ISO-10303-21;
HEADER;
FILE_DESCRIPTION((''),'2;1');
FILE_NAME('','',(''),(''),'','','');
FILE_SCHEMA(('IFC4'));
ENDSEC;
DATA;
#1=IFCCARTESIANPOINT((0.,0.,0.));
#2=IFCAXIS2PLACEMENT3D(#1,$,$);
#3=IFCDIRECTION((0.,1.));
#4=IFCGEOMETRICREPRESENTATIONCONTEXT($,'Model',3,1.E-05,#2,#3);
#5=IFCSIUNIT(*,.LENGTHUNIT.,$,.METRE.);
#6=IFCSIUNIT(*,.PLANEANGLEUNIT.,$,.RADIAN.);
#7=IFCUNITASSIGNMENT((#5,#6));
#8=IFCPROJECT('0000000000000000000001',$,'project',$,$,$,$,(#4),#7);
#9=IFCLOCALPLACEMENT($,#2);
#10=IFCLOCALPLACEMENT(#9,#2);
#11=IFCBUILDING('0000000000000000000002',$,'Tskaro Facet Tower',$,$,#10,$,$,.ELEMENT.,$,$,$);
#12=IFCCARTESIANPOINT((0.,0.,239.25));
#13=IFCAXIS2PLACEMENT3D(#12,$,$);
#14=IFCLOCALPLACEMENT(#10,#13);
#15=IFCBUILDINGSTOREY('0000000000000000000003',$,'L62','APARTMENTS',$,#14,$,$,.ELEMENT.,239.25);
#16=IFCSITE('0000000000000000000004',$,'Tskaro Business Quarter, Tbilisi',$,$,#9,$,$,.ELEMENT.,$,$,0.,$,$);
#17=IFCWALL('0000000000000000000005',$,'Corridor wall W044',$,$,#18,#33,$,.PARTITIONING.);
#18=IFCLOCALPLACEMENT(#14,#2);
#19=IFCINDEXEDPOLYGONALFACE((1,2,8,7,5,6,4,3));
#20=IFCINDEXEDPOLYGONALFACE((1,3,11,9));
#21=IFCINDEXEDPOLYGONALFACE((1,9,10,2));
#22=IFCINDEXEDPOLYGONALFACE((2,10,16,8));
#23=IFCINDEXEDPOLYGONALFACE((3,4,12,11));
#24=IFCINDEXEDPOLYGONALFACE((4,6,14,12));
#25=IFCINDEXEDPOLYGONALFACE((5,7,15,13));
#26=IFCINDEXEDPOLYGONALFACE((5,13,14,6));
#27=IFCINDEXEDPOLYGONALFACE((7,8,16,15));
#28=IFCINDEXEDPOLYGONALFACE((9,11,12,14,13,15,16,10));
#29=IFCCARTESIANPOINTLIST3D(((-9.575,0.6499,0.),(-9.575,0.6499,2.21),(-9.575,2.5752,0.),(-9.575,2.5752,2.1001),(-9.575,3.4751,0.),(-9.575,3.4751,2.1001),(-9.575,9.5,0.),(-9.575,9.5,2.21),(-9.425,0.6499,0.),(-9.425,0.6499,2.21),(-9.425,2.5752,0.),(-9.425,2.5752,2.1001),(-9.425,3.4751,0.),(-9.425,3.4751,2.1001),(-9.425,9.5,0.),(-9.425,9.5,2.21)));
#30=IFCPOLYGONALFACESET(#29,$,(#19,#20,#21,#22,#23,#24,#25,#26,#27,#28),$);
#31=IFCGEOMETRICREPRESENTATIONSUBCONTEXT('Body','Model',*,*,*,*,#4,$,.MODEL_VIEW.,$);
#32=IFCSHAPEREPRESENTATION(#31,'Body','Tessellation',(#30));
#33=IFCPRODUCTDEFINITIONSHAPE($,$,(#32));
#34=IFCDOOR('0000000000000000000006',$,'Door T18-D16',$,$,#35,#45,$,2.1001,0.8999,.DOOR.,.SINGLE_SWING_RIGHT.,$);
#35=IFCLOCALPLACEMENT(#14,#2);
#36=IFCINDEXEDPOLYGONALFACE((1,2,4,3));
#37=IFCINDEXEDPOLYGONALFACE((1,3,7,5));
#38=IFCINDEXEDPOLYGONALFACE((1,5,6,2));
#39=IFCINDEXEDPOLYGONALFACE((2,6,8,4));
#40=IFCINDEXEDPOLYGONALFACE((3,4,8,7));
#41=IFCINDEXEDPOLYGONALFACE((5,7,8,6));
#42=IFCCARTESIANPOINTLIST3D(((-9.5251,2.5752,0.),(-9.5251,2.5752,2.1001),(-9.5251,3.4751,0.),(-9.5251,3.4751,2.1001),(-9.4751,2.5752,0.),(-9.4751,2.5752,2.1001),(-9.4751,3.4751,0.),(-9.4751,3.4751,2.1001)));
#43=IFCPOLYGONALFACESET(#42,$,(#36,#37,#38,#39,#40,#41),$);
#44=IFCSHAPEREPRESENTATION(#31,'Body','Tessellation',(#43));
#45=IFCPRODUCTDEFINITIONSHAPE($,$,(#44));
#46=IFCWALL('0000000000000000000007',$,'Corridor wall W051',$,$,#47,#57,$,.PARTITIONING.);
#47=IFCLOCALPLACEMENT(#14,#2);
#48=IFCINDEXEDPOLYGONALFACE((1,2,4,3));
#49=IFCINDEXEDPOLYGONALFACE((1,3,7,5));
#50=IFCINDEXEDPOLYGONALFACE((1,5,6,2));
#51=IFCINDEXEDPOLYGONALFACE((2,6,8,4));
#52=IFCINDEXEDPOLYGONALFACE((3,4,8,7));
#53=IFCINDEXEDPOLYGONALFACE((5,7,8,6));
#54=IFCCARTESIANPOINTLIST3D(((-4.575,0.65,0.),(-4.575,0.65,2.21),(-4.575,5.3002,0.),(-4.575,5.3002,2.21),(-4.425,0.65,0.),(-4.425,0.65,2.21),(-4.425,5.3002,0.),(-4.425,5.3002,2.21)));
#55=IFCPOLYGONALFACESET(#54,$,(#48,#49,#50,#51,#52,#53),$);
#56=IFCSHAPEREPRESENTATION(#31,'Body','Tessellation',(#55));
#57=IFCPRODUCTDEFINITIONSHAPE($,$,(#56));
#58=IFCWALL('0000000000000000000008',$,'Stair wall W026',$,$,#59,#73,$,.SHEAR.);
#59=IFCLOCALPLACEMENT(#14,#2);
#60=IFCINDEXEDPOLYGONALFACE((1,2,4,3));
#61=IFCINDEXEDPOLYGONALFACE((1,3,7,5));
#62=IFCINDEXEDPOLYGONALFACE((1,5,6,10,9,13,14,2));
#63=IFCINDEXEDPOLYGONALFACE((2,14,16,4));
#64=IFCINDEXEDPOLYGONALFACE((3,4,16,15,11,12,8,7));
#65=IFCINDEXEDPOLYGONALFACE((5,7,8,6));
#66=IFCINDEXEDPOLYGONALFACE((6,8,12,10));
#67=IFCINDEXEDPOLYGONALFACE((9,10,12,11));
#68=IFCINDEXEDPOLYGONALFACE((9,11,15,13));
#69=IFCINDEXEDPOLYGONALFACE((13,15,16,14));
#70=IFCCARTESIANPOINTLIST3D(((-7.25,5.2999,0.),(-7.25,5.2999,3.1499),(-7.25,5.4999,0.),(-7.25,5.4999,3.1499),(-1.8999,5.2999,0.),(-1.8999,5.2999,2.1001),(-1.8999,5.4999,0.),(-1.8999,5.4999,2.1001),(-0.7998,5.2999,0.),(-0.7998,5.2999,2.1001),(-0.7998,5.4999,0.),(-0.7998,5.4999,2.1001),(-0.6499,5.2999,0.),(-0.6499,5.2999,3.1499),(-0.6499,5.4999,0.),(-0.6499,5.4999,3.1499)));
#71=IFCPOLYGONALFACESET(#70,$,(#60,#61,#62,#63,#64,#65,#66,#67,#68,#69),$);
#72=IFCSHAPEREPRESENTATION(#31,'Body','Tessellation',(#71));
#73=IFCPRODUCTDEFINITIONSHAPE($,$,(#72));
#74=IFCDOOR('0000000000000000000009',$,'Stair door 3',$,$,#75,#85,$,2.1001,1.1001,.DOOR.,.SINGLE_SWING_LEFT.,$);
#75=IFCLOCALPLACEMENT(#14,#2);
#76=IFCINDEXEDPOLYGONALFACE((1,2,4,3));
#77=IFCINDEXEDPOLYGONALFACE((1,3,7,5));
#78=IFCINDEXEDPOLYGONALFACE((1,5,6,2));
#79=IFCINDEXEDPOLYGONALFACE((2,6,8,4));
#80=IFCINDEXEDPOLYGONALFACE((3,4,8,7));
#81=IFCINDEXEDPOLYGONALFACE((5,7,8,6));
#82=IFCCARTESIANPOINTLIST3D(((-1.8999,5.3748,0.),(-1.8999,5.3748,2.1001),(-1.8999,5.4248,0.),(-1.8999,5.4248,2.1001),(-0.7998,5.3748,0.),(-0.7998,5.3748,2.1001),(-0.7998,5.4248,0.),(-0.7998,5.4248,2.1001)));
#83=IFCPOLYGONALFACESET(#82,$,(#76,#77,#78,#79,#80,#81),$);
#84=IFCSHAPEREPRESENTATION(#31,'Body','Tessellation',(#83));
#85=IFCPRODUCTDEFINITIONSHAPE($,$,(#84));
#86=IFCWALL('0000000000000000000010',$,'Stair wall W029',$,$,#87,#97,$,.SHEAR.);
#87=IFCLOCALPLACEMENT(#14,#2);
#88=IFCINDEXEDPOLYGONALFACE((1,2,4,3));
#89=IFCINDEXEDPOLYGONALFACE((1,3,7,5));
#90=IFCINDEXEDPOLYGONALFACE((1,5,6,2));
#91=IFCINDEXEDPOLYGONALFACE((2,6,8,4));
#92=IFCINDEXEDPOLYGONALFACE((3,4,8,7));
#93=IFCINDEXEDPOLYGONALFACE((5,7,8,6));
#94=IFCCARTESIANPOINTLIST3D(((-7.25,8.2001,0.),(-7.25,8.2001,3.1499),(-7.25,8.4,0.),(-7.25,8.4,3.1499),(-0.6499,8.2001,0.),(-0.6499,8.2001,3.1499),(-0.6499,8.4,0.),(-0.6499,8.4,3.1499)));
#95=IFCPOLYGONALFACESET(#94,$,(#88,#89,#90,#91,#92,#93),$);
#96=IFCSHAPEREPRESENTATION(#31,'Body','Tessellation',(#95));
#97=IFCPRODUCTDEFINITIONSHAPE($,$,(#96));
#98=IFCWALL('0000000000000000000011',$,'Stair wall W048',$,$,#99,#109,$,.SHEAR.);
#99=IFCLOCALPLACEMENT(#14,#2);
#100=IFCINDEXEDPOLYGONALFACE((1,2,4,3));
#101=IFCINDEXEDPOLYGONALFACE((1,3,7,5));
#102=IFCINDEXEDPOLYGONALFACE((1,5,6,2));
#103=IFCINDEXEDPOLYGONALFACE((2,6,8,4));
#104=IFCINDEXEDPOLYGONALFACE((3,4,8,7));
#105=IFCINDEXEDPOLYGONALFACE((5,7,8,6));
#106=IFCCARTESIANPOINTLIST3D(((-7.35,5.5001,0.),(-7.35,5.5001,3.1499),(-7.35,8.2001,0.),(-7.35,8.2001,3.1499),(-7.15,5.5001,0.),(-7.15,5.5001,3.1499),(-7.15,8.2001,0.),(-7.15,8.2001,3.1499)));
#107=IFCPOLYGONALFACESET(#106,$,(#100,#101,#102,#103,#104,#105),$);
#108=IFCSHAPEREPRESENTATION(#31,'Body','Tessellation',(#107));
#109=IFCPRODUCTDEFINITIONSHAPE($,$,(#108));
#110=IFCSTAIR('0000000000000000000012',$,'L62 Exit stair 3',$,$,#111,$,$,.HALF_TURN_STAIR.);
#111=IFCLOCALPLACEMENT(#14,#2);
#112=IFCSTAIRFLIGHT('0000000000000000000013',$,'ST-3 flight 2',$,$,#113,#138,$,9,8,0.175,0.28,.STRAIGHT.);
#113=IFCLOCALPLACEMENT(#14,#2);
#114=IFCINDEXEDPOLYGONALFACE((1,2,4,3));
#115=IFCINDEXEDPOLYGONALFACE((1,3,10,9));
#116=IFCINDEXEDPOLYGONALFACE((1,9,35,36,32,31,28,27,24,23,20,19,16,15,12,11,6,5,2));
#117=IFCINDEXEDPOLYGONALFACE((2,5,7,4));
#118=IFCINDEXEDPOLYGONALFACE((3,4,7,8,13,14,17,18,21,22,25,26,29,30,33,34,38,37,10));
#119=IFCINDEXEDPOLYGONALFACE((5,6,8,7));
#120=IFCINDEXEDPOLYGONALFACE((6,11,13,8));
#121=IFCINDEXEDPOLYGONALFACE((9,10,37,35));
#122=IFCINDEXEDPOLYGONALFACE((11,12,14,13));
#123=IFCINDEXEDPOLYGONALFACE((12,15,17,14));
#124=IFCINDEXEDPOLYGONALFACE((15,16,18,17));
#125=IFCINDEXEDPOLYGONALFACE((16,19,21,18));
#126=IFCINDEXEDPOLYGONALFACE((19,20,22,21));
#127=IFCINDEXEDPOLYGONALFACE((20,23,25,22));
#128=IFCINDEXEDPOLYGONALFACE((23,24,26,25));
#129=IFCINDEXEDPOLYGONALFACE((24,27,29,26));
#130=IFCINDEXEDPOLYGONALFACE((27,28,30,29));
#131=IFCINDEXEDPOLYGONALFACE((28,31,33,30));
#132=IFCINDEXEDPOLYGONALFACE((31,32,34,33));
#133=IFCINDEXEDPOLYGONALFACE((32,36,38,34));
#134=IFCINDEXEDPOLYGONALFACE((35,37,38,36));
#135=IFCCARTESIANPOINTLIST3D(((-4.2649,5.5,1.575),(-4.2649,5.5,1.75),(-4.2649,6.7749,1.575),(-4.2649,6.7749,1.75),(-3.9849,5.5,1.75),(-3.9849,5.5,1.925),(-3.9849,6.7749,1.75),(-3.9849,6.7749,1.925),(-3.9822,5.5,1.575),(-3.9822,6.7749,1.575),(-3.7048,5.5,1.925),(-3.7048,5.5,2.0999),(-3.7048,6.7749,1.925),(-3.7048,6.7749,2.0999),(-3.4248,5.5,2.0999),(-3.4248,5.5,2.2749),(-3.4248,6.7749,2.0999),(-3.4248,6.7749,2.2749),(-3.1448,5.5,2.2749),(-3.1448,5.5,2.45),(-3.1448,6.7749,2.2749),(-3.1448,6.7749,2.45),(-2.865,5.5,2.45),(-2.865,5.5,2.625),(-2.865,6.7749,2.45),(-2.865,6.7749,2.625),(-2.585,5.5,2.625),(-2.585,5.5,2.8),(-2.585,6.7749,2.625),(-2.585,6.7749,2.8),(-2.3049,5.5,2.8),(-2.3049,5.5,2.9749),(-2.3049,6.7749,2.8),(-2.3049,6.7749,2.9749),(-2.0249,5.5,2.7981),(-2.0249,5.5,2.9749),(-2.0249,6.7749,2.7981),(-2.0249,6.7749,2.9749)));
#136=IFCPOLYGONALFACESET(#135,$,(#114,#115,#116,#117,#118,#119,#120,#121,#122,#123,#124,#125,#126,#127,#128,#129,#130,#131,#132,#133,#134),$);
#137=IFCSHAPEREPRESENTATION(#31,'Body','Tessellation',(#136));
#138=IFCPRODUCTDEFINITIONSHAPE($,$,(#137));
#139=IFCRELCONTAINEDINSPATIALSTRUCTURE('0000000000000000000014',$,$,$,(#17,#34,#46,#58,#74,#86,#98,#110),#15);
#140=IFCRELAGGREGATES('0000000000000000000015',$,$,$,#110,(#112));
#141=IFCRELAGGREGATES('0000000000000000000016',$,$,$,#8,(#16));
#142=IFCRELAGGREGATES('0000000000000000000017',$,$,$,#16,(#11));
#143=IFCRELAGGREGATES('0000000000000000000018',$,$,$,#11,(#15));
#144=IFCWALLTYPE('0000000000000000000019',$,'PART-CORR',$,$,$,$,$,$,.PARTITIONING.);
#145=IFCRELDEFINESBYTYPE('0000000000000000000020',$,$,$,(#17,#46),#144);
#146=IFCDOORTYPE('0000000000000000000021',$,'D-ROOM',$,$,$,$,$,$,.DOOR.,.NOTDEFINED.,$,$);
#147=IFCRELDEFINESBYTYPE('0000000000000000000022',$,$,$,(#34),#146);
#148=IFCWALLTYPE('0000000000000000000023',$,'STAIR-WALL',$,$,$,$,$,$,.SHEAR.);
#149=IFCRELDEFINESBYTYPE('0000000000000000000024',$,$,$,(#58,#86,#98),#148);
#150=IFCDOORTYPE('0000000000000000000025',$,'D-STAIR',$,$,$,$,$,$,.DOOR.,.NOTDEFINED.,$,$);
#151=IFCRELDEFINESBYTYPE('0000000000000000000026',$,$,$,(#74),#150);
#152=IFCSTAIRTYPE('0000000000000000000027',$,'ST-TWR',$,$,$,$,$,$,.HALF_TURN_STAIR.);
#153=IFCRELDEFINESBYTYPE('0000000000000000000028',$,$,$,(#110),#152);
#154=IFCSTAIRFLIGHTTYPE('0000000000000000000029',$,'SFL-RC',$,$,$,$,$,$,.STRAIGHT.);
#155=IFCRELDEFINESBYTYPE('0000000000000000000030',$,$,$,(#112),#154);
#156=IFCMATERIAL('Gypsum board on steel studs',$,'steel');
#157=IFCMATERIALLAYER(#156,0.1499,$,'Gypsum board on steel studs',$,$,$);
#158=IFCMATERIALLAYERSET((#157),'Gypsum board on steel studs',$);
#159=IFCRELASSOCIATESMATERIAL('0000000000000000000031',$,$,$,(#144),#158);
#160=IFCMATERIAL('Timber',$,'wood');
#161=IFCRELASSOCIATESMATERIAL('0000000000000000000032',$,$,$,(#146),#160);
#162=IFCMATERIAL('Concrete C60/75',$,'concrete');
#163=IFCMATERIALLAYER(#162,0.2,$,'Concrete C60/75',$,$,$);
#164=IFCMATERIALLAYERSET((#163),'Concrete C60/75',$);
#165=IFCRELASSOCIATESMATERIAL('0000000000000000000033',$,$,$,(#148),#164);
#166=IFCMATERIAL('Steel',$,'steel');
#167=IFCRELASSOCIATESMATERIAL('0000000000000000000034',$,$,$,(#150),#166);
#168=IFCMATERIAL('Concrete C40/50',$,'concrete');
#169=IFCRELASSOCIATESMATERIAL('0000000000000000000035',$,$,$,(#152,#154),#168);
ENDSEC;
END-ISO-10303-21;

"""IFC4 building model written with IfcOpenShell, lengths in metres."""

from ifc_helpers import new_model, si_unit, direction, frame, frame_2d, origin, place, context, subcontext, project, spatial, polyline, rectangle, outline, extrude, material, layer, layer_set, type_object, element, fill, aggregate, save


model = new_model("IFC4")

# Units and contexts
model_context = context("Model", 3, precision=1e-05, world=origin(), true_north=direction((0.0, 1.0)))
body_context = subcontext(model_context, "Body", "Model", "MODEL_VIEW")
ifc_project = project(units=[si_unit("LENGTHUNIT", "METRE"), si_unit("PLANEANGLEUNIT", "RADIAN")], contexts=[model_context])

# Site, building, storey
site_placement = place(None, origin())
site = spatial("IfcSite", under=ifc_project, at=site_placement, Name="Tskaro Business Quarter, Tbilisi", CompositionType="ELEMENT", RefElevation=0.0)
building_placement = place(site_placement, origin())
building = spatial("IfcBuilding", under=site, at=building_placement, Name="Tskaro Facet Tower", CompositionType="ELEMENT")
storey_placement = place(building_placement, frame((0.0, 0.0, 239.25)))
storey = spatial("IfcBuildingStorey", under=building, at=storey_placement, Name="L62", Description="APARTMENTS", CompositionType="ELEMENT", Elevation=239.25)

# Shared definitions
ifc_material_1 = material(Name="Concrete C40/50", Category="concrete")
ifc_material_2 = material(Name="Steel", Category="steel")

# Shared definitions
ifc_material_3 = material(Name="Gypsum board on steel studs", Category="steel")

# Wall, opening, door
ifc_layer_1 = layer(ifc_material_3, 0.1499, Name="Gypsum board on steel studs")
ifc_layer_set_1 = layer_set([ifc_layer_1], Name="Gypsum board on steel studs")
wall_type_1 = type_object("IfcWallType", Name="PART-CORR", PredefinedType="PARTITIONING", material=ifc_layer_set_1)
wall_1_placement = place(storey_placement, frame((-9.5, 9.5, 0.0), z_axis=(0.0, 0.0, 1.0), x_axis=(0.0, -1.0, 0.0)))
wall_1 = element("IfcWall", 1, at=wall_1_placement, inside=storey, type_object=wall_type_1, Name="Corridor wall W044", PredefinedType="PARTITIONING", context=body_context, shape_type="SweptSolid", body=[
    extrude(rectangle(XDim=8.8501, YDim=0.1499, at=frame_2d((4.425, 0.0))), origin(), (0.0, 0.0, 1.0), 2.21),
])
opening_1_placement = place(wall_1_placement, frame((6.0249, 0.0, 0.0)))
opening_1 = element("IfcOpeningElement", 2, at=opening_1_placement, cuts=wall_1, PredefinedType="OPENING", context=body_context, shape_type="SweptSolid", body=[
    extrude(rectangle(XDim=0.8999, YDim=2.1001, at=frame_2d((0.45, 1.05))), frame((0.0, 0.085, 0.0), z_axis=(0.0, -1.0, 0.0), x_axis=(1.0, 0.0, 0.0)), (0.0, 0.0, 1.0), 0.1699),
])
ifc_material_4 = material(Name="Timber", Category="wood")
door_type_1 = type_object("IfcDoorType", Name="D-ROOM", OperationType="NOTDEFINED", PredefinedType="DOOR", material=ifc_material_4)
door_1_placement = place(opening_1_placement, origin())
door_1 = element("IfcDoor", 3, at=door_1_placement, inside=storey, type_object=door_type_1, Name="Door T18-D16", OperationType="SINGLE_SWING_RIGHT", OverallHeight=2.1001, OverallWidth=0.8999, PredefinedType="DOOR", context=body_context, shape_type="SweptSolid", body=[
    extrude(rectangle(XDim=0.8999, YDim=2.1001, at=frame_2d((0.45, 1.05))), frame((0.0, 0.0249, 0.0), z_axis=(0.0, -1.0, 0.0), x_axis=(1.0, 0.0, 0.0)), (0.0, 0.0, 1.0), 0.05),
])
fill(opening_1, door_1)

# Wall
wall_2_placement = place(storey_placement, frame((-4.5, 0.6499, 0.0), z_axis=(0.0, 0.0, 1.0), x_axis=(0.0, 1.0, 0.0)))
element("IfcWall", 4, at=wall_2_placement, inside=storey, type_object=wall_type_1, Name="Corridor wall W051", PredefinedType="PARTITIONING", context=body_context, shape_type="SweptSolid", body=[
    extrude(rectangle(XDim=4.6501, YDim=0.1499, at=frame_2d((2.3252, 0.0))), origin(), (0.0, 0.0, 1.0), 2.21),
])

# Wall, opening, door
ifc_material_5 = material(Name="Concrete C60/75", Category="concrete")
ifc_layer_2 = layer(ifc_material_5, 0.2, Name="Concrete C60/75")
ifc_layer_set_2 = layer_set([ifc_layer_2], Name="Concrete C60/75")
wall_type_2 = type_object("IfcWallType", Name="STAIR-WALL", PredefinedType="SHEAR", material=ifc_layer_set_2)
wall_3_placement = place(storey_placement, frame((-7.25, 5.3999, 0.0), z_axis=(0.0, 0.0, 1.0), x_axis=(1.0, 0.0, 0.0)))
wall_3 = element("IfcWall", 5, at=wall_3_placement, inside=storey, type_object=wall_type_2, Name="Stair wall W026", PredefinedType="SHEAR", context=body_context, shape_type="SweptSolid", body=[
    extrude(rectangle(XDim=6.6001, YDim=0.2, at=frame_2d((3.3, 0.0))), origin(), (0.0, 0.0, 1.0), 3.1499),
])
opening_2_placement = place(wall_3_placement, frame((5.3501, 0.0, 0.0)))
opening_2 = element("IfcOpeningElement", 6, at=opening_2_placement, cuts=wall_3, PredefinedType="OPENING", context=body_context, shape_type="SweptSolid", body=[
    extrude(rectangle(XDim=1.1001, YDim=2.1001, at=frame_2d((0.55, 1.05))), frame((0.0, 0.1099, 0.0), z_axis=(0.0, -1.0, 0.0), x_axis=(1.0, 0.0, 0.0)), (0.0, 0.0, 1.0), 0.22),
])
door_type_2 = type_object("IfcDoorType", Name="D-STAIR", OperationType="NOTDEFINED", PredefinedType="DOOR", material=ifc_material_2)
door_2_placement = place(opening_2_placement, origin())
door_2 = element("IfcDoor", 7, at=door_2_placement, inside=storey, type_object=door_type_2, Name="Stair door 3", OperationType="SINGLE_SWING_LEFT", OverallHeight=2.1001, OverallWidth=1.1001, PredefinedType="DOOR", context=body_context, shape_type="SweptSolid", body=[
    extrude(rectangle(XDim=1.1001, YDim=2.1001, at=frame_2d((0.55, 1.05))), frame((0.0, 0.0249, 0.0), z_axis=(0.0, -1.0, 0.0), x_axis=(1.0, 0.0, 0.0)), (0.0, 0.0, 1.0), 0.05),
])
fill(opening_2, door_2)

# Walls
wall_4_placement = place(storey_placement, frame((-7.25, 8.3, 0.0), z_axis=(0.0, 0.0, 1.0), x_axis=(1.0, 0.0, 0.0)))
element("IfcWall", 8, at=wall_4_placement, inside=storey, type_object=wall_type_2, Name="Stair wall W029", PredefinedType="SHEAR", context=body_context, shape_type="SweptSolid", body=[
    extrude(rectangle(XDim=6.6001, YDim=0.2, at=frame_2d((3.3, 0.0))), origin(), (0.0, 0.0, 1.0), 3.1499),
])
wall_5_placement = place(storey_placement, frame((-7.25, 5.5, 0.0), z_axis=(0.0, 0.0, 1.0), x_axis=(0.0, 1.0, 0.0)))
element("IfcWall", 9, at=wall_5_placement, inside=storey, type_object=wall_type_2, Name="Stair wall W048", PredefinedType="SHEAR", context=body_context, shape_type="SweptSolid", body=[
    extrude(rectangle(XDim=2.7, YDim=0.2, at=frame_2d((1.3501, 0.0))), origin(), (0.0, 0.0, 1.0), 3.1499),
])

# Stair, stair flight
stair_type = type_object("IfcStairType", Name="ST-TWR", PredefinedType="HALF_TURN_STAIR", material=ifc_material_1)
stair_placement = place(storey_placement, origin())
stair = element("IfcStair", 10, at=stair_placement, inside=storey, type_object=stair_type, Name="L62 Exit stair 3", PredefinedType="HALF_TURN_STAIR")
stair_flight_type = type_object("IfcStairFlightType", Name="SFL-RC", PredefinedType="STRAIGHT", material=ifc_material_1)
stair_flight_placement = place(storey_placement, frame((-4.2649, 6.1375, 1.575), z_axis=(0.0, 0.0, 1.0), x_axis=(1.0, 0.0, 0.0)))
stair_flight = element("IfcStairFlight", 11, at=stair_flight_placement, type_object=stair_flight_type, Name="ST-3 flight 2", NumberOfRisers=9, NumberOfTreads=8, PredefinedType="STRAIGHT", RiserHeight=0.175, TreadLength=0.28, context=body_context, shape_type="SweptSolid", body=[
    extrude(outline(polyline([(0.0, 0.0), (0.0, 0.175), (0.28, 0.175), (0.28, 0.3501), (0.5601, 0.3501), (0.5601, 0.5249), (0.8401, 0.5249), (0.8401, 0.7), (1.1201, 0.7), (1.1201, 0.875), (1.3999, 0.875), (1.3999, 1.05), (1.6799, 1.05), (1.6799, 1.2251), (1.96, 1.2251), (1.96, 1.3999), (2.24, 1.3999), (2.24, 1.575), (2.24, 1.2231), (0.2827, 0.0), (0.0, 0.0)])), frame((0.0, 0.6375, 0.0), z_axis=(0.0, -1.0, 0.0), x_axis=(1.0, 0.0, 0.0)), (0.0, 0.0, 1.0), 1.2749),
])
aggregate(stair, [stair_flight])

save(model, "model.ifc")
